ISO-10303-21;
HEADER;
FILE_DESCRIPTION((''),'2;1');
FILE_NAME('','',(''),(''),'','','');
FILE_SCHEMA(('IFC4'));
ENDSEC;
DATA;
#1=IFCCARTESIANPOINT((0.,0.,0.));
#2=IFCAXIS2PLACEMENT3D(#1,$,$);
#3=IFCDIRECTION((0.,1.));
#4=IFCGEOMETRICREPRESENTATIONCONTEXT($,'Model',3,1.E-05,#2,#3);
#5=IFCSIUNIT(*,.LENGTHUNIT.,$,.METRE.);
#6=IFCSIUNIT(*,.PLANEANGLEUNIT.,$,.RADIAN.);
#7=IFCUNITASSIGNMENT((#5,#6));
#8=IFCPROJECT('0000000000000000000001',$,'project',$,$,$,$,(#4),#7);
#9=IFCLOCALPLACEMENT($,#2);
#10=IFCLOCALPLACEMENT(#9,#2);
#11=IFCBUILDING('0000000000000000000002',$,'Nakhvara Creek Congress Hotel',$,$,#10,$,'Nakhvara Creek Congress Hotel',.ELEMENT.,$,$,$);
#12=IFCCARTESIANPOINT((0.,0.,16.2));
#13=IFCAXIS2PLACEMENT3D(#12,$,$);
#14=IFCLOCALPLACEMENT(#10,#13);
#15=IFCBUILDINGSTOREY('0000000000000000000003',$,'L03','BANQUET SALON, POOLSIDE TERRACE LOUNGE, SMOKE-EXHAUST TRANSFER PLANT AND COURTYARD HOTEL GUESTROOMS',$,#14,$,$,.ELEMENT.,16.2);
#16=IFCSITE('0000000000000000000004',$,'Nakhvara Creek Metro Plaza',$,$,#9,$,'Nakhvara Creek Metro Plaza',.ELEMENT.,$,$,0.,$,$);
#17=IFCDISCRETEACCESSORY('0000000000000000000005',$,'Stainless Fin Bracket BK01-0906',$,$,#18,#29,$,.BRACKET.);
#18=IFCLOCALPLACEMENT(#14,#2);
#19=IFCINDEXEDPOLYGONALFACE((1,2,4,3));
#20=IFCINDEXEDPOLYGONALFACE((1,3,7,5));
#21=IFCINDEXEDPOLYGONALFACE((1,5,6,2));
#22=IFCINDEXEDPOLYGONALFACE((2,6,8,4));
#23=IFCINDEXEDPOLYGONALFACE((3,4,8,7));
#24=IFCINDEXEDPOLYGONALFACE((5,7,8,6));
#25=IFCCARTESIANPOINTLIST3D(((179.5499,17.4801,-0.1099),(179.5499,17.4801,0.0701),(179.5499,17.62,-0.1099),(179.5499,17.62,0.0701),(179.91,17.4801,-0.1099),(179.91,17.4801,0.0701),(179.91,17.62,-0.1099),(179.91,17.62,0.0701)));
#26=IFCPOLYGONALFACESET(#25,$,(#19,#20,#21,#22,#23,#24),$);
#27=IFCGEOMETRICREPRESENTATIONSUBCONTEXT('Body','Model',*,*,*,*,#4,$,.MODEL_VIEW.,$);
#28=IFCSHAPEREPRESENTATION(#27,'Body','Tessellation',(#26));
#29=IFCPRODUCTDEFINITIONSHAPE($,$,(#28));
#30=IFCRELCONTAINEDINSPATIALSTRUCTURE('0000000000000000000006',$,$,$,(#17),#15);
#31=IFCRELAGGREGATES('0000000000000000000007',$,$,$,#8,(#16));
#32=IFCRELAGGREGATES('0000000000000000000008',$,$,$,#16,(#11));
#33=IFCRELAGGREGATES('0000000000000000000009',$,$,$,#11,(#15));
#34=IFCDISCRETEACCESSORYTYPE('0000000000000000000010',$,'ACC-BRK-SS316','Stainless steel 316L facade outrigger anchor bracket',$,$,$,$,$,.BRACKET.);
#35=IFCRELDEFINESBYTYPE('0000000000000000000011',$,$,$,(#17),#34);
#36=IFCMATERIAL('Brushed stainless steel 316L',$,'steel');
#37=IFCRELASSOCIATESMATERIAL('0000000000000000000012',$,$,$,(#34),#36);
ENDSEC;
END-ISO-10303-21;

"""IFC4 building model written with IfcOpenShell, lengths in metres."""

from ifc_helpers import new_model, si_unit, direction, frame, origin, origin_2d, place, context, subcontext, project, spatial, rectangle, extrude, material, type_object, element, save


model = new_model("IFC4")

# Units and contexts
model_context = context("Model", 3, precision=1e-05, world=origin(), true_north=direction((0.0, 1.0)))
body_context = subcontext(model_context, "Body", "Model", "MODEL_VIEW")
ifc_project = project(units=[si_unit("LENGTHUNIT", "METRE"), si_unit("PLANEANGLEUNIT", "RADIAN")], contexts=[model_context])

# Site, building, storey
site_placement = place(None, origin())
site = spatial("IfcSite", under=ifc_project, at=site_placement, Name="Nakhvara Creek Metro Plaza", LongName="Nakhvara Creek Metro Plaza", CompositionType="ELEMENT", RefElevation=0.0)
building_placement = place(site_placement, origin())
building = spatial("IfcBuilding", under=site, at=building_placement, Name="Nakhvara Creek Congress Hotel", LongName="Nakhvara Creek Congress Hotel", CompositionType="ELEMENT")
storey_placement = place(building_placement, frame((0.0, 0.0, 16.2)))
storey = spatial("IfcBuildingStorey", under=building, at=storey_placement, Name="L03", Description="BANQUET SALON, POOLSIDE TERRACE LOUNGE, SMOKE-EXHAUST TRANSFER PLANT AND COURTYARD HOTEL GUESTROOMS", CompositionType="ELEMENT", Elevation=16.2)

# Discrete accessory
ifc_material_1 = material(Name="Brushed stainless steel 316L", Category="steel")
discrete_accessory_type = type_object("IfcDiscreteAccessoryType", Name="ACC-BRK-SS316", Description="Stainless steel 316L facade outrigger anchor bracket", PredefinedType="BRACKET", material=ifc_material_1)
for number, where, z_axis, x_axis, name in (
    (1, (179.73, 17.55, -0.1099), (0.0, 0.0, 1.0), (0.0, 1.0, 0.0), "Stainless Fin Bracket BK01-0906"),
):
    element("IfcDiscreteAccessory", number, at=place(storey_placement, frame(where, z_axis=z_axis, x_axis=x_axis)), inside=storey, type_object=discrete_accessory_type, Name=name, PredefinedType="BRACKET", context=body_context, shape_type="SweptSolid", body=[
        extrude(rectangle(XDim=0.1399, YDim=0.3601, at=origin_2d()), origin(), (0.0, 0.0, 1.0), 0.1799),
    ])

save(model, "model.ifc")
